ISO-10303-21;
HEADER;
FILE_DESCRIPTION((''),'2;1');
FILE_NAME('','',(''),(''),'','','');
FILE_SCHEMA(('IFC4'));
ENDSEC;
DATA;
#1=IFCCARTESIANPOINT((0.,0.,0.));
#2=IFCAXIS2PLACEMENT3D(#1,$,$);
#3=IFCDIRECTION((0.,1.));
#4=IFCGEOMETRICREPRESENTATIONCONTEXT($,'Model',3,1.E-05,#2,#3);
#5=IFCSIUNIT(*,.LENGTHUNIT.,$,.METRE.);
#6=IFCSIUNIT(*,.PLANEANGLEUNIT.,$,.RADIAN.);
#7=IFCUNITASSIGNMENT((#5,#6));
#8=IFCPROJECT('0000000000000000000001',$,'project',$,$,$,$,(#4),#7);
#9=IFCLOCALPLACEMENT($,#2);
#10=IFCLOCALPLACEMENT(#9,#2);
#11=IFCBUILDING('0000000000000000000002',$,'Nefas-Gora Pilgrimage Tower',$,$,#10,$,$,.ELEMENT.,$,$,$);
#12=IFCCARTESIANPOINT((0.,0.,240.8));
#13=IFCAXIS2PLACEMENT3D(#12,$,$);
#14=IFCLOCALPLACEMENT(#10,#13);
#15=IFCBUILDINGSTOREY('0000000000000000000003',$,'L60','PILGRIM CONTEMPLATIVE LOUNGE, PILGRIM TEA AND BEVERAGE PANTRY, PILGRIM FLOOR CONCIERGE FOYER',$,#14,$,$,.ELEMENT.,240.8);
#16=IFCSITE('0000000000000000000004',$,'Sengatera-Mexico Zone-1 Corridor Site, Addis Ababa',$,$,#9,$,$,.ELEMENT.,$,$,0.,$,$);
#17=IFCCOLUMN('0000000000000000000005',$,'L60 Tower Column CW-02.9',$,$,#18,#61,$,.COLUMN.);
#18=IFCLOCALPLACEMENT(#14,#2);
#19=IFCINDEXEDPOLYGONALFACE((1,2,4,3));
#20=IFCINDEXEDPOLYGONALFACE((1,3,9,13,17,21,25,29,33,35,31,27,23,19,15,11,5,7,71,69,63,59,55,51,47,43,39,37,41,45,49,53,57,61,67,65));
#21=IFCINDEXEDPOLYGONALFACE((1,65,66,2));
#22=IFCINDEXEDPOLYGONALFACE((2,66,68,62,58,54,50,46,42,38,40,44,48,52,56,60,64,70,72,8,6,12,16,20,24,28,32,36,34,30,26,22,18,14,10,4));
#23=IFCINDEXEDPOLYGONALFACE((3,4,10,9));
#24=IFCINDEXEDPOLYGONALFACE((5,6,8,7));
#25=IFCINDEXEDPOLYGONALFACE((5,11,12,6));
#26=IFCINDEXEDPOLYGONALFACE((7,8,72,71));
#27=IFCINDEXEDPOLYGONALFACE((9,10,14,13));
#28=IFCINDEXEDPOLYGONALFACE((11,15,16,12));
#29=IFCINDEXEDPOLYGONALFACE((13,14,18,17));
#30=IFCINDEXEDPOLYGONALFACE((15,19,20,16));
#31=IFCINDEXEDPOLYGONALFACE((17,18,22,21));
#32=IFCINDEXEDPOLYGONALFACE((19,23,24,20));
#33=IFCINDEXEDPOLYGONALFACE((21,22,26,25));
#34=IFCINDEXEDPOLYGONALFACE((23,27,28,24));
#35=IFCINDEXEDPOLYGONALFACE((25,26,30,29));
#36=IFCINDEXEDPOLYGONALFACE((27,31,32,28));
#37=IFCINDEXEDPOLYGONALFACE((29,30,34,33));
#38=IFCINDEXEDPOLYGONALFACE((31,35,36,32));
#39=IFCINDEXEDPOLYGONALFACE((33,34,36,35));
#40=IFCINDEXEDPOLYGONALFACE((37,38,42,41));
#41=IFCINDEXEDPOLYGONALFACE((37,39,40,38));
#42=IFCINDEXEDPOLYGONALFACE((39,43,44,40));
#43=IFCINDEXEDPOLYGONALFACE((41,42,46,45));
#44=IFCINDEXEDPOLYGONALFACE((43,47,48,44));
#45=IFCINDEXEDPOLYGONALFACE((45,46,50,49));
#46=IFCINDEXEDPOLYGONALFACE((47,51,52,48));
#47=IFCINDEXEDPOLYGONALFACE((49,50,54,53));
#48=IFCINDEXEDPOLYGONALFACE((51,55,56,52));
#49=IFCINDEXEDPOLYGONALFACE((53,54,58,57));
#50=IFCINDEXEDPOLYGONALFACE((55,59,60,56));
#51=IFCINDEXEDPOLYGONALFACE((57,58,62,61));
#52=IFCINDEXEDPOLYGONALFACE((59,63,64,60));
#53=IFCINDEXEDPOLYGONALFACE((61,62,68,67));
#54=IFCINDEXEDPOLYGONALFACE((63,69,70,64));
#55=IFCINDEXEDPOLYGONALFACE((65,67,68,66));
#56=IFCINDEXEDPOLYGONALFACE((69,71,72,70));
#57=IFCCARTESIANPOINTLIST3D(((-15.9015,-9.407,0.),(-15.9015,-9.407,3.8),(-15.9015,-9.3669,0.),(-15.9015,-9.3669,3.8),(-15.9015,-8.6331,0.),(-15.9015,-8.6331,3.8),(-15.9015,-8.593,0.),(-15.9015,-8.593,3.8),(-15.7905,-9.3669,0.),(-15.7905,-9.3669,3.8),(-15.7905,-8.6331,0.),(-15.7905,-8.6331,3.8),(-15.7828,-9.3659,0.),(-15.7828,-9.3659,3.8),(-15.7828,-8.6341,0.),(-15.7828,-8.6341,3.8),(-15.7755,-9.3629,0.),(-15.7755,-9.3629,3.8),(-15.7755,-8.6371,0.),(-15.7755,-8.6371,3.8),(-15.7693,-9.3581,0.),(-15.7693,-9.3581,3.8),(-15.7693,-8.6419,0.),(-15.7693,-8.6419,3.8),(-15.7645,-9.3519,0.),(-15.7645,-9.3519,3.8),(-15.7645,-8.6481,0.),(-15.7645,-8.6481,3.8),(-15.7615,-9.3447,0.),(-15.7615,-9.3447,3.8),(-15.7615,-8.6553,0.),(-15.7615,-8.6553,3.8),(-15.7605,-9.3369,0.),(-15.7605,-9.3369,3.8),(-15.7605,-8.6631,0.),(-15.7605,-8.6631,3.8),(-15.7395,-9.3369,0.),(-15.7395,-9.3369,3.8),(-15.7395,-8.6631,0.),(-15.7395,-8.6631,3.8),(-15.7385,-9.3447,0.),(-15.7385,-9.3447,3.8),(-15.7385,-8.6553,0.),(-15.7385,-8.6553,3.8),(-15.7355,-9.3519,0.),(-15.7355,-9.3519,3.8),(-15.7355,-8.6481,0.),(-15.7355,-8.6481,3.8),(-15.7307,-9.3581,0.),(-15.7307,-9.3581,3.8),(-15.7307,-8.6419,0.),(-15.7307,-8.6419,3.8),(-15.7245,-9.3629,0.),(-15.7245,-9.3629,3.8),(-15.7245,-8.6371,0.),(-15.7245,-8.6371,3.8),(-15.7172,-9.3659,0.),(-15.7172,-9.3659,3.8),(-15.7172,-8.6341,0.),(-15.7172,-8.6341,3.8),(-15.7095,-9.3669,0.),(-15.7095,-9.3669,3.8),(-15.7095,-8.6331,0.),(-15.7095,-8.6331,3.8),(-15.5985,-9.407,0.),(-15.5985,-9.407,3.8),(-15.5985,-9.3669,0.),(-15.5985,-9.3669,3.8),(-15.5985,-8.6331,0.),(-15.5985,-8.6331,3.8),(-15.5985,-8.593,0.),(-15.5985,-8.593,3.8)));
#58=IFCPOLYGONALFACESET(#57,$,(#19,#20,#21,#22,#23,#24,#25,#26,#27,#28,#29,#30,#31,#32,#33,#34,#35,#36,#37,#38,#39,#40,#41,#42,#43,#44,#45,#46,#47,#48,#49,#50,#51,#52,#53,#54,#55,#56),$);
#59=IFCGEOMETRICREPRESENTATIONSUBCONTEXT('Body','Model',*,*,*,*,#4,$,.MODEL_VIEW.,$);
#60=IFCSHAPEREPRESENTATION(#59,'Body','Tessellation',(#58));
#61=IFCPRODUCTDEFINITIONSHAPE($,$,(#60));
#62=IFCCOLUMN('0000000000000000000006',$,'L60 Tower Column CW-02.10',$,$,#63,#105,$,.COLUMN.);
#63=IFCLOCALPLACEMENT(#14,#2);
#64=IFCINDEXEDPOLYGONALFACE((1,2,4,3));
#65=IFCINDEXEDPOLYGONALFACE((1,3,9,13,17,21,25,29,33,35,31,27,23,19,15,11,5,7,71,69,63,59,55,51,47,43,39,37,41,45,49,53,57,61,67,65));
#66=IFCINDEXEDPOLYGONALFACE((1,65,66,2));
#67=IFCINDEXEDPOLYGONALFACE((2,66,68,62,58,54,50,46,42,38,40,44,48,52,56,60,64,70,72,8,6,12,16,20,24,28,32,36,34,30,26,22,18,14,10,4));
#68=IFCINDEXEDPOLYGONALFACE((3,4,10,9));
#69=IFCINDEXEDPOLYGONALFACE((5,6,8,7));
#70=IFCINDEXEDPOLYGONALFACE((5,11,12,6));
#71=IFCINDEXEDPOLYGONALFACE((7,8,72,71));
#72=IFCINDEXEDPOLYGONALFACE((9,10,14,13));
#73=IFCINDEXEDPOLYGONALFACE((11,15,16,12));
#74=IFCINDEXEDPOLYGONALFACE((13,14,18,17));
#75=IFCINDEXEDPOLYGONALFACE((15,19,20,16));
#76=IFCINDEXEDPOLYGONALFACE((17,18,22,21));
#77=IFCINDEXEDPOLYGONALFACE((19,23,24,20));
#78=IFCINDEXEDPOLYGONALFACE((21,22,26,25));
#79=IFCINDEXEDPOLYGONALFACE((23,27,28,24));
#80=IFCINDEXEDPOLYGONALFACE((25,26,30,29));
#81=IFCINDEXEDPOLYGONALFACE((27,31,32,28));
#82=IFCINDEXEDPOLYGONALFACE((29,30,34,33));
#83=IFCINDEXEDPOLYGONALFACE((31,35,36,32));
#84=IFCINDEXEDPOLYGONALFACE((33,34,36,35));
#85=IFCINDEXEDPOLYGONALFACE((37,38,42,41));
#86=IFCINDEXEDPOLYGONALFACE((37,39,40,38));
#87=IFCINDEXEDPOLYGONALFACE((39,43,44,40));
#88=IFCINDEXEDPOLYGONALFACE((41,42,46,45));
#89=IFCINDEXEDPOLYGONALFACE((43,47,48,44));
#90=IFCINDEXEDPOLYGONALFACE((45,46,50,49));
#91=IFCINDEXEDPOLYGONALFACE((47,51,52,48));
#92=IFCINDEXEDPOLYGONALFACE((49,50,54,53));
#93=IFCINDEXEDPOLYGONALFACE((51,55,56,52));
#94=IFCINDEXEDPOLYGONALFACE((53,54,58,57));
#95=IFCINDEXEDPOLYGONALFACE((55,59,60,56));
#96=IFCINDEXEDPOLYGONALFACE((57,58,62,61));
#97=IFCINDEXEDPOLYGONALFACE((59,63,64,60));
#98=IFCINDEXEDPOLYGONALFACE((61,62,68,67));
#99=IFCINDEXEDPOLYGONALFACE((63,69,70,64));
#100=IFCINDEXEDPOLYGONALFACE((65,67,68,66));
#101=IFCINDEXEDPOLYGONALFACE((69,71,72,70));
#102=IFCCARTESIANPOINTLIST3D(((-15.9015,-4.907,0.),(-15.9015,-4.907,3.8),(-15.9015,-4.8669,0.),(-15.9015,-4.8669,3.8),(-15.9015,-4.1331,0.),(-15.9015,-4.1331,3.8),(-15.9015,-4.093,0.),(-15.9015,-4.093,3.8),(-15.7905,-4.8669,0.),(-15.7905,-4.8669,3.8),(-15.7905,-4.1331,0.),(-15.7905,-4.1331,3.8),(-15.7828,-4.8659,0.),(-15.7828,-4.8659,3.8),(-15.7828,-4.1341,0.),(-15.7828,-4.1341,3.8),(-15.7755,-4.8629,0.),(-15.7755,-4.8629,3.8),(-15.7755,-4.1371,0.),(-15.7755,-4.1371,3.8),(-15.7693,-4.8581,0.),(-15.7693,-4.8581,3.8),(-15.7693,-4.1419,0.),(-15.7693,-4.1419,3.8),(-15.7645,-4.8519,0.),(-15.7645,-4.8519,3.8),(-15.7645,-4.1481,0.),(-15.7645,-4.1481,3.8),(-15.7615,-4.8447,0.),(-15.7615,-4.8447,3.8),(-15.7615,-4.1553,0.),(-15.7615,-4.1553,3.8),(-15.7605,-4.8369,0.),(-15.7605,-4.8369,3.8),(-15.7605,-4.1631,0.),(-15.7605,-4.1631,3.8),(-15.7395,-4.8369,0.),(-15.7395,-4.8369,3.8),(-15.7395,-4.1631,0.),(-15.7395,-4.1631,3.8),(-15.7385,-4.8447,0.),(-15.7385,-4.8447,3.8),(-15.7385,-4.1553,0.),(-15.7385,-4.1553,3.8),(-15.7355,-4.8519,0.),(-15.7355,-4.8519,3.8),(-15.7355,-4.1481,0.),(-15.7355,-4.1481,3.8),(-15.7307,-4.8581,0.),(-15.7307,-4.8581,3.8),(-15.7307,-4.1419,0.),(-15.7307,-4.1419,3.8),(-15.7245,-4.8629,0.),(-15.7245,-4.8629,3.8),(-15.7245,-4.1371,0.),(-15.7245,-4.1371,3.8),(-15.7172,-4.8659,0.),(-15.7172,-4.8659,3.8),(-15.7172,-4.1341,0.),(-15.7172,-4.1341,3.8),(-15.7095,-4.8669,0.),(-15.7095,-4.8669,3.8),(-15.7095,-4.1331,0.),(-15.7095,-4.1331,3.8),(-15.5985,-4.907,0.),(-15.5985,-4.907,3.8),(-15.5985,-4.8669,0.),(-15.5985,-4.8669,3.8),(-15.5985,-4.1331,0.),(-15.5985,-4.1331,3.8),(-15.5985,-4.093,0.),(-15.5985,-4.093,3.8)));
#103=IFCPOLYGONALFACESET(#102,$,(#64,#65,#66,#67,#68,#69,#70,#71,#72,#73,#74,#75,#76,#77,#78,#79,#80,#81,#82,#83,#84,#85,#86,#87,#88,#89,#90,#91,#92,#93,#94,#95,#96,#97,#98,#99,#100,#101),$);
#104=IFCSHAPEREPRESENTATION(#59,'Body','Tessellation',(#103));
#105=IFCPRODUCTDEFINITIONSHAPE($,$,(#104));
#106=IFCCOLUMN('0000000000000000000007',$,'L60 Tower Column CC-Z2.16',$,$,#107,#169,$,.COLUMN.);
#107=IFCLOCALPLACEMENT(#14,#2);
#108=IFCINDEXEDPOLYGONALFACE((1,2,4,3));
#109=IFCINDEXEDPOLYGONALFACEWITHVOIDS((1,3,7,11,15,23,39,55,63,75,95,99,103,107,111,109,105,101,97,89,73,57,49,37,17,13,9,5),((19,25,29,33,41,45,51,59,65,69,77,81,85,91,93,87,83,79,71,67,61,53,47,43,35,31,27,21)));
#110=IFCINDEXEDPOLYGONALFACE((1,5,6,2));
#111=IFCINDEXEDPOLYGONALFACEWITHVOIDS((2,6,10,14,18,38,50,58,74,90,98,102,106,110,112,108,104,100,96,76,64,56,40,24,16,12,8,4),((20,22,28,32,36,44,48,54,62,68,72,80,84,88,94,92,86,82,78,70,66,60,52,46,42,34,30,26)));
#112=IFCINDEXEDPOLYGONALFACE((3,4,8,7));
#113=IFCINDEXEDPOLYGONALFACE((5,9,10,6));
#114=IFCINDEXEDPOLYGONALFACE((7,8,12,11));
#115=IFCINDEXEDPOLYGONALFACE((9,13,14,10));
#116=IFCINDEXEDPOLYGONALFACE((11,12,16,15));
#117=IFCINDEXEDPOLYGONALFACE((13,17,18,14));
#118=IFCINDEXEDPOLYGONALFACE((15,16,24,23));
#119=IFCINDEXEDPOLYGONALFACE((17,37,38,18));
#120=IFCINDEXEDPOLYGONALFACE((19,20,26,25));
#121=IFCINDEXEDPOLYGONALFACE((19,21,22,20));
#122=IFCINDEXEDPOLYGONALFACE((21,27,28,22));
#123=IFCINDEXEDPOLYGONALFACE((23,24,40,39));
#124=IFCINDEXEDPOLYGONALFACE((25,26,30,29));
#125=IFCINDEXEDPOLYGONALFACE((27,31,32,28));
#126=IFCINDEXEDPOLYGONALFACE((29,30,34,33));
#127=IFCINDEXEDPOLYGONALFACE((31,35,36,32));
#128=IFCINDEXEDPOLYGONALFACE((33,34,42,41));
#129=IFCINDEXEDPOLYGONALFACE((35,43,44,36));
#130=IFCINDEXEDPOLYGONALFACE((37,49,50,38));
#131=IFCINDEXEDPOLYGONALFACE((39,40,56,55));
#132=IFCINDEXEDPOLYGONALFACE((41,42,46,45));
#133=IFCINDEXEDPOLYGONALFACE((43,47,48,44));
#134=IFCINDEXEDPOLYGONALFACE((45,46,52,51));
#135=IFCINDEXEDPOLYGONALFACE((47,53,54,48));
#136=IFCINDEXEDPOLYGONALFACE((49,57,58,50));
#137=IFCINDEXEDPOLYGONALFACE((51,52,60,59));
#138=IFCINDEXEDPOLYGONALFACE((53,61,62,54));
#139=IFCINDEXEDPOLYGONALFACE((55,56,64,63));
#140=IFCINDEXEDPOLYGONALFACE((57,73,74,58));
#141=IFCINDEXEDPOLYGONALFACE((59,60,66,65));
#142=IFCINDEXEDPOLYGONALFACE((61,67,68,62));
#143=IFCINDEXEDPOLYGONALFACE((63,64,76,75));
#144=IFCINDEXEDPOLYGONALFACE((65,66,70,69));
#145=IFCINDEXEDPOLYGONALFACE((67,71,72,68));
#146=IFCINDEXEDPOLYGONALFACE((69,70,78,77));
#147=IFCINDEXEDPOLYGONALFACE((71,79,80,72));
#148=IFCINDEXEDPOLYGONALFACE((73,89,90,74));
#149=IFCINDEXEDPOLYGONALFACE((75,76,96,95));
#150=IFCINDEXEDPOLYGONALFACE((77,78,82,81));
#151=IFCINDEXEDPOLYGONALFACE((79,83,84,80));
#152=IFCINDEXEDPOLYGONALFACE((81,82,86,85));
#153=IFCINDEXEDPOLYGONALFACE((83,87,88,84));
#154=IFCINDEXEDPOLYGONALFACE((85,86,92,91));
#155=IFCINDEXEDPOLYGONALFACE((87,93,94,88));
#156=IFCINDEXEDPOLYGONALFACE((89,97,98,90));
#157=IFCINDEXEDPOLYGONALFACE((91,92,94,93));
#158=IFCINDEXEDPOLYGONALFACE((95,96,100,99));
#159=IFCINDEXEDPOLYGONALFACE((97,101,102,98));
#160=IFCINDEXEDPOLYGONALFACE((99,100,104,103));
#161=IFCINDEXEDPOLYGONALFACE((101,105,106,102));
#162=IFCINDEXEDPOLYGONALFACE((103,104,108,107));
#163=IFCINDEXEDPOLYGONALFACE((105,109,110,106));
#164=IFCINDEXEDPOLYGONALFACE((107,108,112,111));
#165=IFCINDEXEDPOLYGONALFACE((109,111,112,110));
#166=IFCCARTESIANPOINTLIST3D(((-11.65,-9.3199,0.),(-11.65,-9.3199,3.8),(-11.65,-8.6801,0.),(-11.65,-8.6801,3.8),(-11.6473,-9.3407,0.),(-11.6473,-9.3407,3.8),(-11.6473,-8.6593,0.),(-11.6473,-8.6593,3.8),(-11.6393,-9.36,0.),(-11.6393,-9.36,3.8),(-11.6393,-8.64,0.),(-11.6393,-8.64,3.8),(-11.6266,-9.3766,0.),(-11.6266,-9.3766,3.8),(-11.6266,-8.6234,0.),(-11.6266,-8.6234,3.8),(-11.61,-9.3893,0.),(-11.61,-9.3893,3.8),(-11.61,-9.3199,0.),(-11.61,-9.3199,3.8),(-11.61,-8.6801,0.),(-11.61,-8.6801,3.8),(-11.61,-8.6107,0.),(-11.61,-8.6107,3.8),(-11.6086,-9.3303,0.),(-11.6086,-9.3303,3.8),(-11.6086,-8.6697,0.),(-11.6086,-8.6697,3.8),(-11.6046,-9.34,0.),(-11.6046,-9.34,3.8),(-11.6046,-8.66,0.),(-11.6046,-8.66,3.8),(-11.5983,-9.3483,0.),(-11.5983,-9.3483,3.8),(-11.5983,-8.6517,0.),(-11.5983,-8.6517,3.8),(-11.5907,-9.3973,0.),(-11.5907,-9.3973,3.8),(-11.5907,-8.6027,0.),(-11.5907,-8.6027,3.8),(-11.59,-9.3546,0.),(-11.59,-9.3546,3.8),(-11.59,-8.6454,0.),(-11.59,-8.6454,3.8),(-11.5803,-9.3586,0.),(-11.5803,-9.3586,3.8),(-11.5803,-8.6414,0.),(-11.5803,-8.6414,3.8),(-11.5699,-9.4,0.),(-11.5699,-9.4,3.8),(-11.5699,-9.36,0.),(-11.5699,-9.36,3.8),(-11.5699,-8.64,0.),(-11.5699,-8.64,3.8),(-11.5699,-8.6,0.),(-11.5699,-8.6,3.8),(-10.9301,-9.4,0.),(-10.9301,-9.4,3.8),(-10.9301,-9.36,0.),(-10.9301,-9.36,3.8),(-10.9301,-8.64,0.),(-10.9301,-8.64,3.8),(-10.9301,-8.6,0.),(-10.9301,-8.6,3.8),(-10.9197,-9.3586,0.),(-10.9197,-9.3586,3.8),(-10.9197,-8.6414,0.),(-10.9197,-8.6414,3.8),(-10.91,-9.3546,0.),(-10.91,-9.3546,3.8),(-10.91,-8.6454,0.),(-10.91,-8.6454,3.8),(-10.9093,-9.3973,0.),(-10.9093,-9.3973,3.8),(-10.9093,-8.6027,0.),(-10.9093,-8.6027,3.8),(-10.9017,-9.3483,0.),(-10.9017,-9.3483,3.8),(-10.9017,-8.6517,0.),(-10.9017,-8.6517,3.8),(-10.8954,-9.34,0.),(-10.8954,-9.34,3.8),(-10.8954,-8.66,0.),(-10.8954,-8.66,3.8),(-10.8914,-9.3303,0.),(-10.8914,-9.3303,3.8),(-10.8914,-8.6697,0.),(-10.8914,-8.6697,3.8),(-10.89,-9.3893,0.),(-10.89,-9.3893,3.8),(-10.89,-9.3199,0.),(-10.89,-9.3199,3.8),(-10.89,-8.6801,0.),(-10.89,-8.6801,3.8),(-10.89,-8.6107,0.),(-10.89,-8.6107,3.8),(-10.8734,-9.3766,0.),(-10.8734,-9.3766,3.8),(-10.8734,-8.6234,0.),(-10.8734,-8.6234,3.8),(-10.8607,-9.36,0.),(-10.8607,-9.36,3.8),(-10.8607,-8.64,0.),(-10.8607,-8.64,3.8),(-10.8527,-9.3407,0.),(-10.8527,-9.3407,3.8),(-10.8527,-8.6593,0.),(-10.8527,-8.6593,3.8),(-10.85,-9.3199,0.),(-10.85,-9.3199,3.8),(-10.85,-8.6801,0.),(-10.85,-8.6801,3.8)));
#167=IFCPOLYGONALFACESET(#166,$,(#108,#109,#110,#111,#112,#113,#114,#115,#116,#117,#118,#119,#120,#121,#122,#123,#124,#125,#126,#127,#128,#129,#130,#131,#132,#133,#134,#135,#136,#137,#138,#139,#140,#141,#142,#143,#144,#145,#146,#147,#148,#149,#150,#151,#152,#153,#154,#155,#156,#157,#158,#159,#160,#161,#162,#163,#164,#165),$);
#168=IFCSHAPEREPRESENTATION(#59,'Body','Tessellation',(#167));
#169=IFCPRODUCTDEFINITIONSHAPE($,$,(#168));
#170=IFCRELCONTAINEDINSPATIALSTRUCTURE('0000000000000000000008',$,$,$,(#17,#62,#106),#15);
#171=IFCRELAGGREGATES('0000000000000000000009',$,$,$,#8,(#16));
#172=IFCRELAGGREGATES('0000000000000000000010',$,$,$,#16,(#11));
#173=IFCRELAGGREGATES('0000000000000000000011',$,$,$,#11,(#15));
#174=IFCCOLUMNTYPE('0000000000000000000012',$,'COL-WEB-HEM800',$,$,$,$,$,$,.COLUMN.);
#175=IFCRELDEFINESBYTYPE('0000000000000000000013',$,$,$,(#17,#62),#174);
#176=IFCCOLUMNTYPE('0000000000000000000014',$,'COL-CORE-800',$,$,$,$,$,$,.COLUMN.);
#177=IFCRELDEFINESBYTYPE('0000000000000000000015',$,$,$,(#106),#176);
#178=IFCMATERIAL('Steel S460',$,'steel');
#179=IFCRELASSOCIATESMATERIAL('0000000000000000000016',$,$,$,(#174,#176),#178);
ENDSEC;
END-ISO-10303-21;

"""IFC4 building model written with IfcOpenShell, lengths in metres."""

from ifc_helpers import new_model, si_unit, direction, frame, origin, origin_2d, place, context, subcontext, project, spatial, hollow_rectangle, i_section, extrude, source, transform, mapped, material, material_profile, profile_set, type_object, element, save


model = new_model("IFC4")

# Units and contexts
model_context = context("Model", 3, precision=1e-05, world=origin(), true_north=direction((0.0, 1.0)))
body_context = subcontext(model_context, "Body", "Model", "MODEL_VIEW")
ifc_project = project(units=[si_unit("LENGTHUNIT", "METRE"), si_unit("PLANEANGLEUNIT", "RADIAN")], contexts=[model_context])

# Site, building, storey
site_placement = place(None, origin())
site = spatial("IfcSite", under=ifc_project, at=site_placement, Name="Sengatera-Mexico Zone-1 Corridor Site, Addis Ababa", CompositionType="ELEMENT", RefElevation=0.0)
building_placement = place(site_placement, origin())
building = spatial("IfcBuilding", under=site, at=building_placement, Name="Nefas-Gora Pilgrimage Tower", CompositionType="ELEMENT")
storey_placement = place(building_placement, frame((0.0, 0.0, 240.8)))
storey = spatial("IfcBuildingStorey", under=building, at=storey_placement, Name="L60", Description="PILGRIM CONTEMPLATIVE LOUNGE, PILGRIM TEA AND BEVERAGE PANTRY, PILGRIM FLOOR CONCIERGE FOYER", CompositionType="ELEMENT", Elevation=240.8)

# Columns
ifc_material_1 = material(Name="Steel S460", Category="steel")
ifc_material_profile_1 = material_profile(ifc_material_1, i_section(OverallWidth=0.303, OverallDepth=0.814, WebThickness=0.021, FlangeThickness=0.04, FilletRadius=0.03, at=origin_2d()), Name="HEM 800")
ifc_profile_set_1 = profile_set([ifc_material_profile_1], Name="Steel S460")
column_type_1 = type_object("IfcColumnType", Name="COL-WEB-HEM800", PredefinedType="COLUMN", material=ifc_profile_set_1)
shared_shape_1 = source(origin(), body_context, "Body", "SweptSolid", [
    extrude(i_section(OverallWidth=0.303, OverallDepth=0.814, WebThickness=0.021, FlangeThickness=0.04, FilletRadius=0.03, at=origin_2d()), origin(), (0.0, 0.0, 1.0), 3.8),
])
for number, where, z_axis, x_axis, name in (
    (1, (-15.75, -9.0, 0.0), (0.0, 0.0, 1.0), (1.0, 0.0, 0.0), "L60 Tower Column CW-02.9"),
    (2, (-15.75, -4.5, 0.0), (0.0, 0.0, 1.0), (1.0, 0.0, 0.0), "L60 Tower Column CW-02.10"),
):
    element("IfcColumn", number, at=place(storey_placement, frame(where, z_axis=z_axis, x_axis=x_axis)), inside=storey, type_object=column_type_1, Name=name, PredefinedType="COLUMN", context=body_context, shape_type="MappedRepresentation", body=[
        mapped(shared_shape_1, transform((0.0, 0.0, 0.0), x_axis=(1.0, 0.0, 0.0), y_axis=(0.0, 1.0, 0.0), z_axis=(0.0, 0.0, 1.0), scale=1.0)),
    ])
ifc_material_profile_2 = material_profile(ifc_material_1, hollow_rectangle(XDim=0.8, YDim=0.8, WallThickness=0.04, InnerFilletRadius=0.04, OuterFilletRadius=0.0801, at=origin_2d()), Name="BOX 800x800x40")
ifc_profile_set_2 = profile_set([ifc_material_profile_2], Name="Steel S460")
column_type_2 = type_object("IfcColumnType", Name="COL-CORE-800", PredefinedType="COLUMN", material=ifc_profile_set_2)
shared_shape_2 = source(origin(), body_context, "Body", "SweptSolid", [
    extrude(hollow_rectangle(XDim=0.8, YDim=0.8, WallThickness=0.04, InnerFilletRadius=0.04, OuterFilletRadius=0.0801, at=origin_2d()), origin(), (0.0, 0.0, 1.0), 3.8),
])
column_placement = place(storey_placement, frame((-11.25, -9.0, 0.0), z_axis=(0.0, 0.0, 1.0), x_axis=(1.0, 0.0, 0.0)))
element("IfcColumn", 3, at=column_placement, inside=storey, type_object=column_type_2, Name="L60 Tower Column CC-Z2.16", PredefinedType="COLUMN", context=body_context, shape_type="MappedRepresentation", body=[
    mapped(shared_shape_2, transform((0.0, 0.0, 0.0), x_axis=(1.0, 0.0, 0.0), y_axis=(0.0, 1.0, 0.0), z_axis=(0.0, 0.0, 1.0), scale=1.0)),
])

save(model, "model.ifc")
